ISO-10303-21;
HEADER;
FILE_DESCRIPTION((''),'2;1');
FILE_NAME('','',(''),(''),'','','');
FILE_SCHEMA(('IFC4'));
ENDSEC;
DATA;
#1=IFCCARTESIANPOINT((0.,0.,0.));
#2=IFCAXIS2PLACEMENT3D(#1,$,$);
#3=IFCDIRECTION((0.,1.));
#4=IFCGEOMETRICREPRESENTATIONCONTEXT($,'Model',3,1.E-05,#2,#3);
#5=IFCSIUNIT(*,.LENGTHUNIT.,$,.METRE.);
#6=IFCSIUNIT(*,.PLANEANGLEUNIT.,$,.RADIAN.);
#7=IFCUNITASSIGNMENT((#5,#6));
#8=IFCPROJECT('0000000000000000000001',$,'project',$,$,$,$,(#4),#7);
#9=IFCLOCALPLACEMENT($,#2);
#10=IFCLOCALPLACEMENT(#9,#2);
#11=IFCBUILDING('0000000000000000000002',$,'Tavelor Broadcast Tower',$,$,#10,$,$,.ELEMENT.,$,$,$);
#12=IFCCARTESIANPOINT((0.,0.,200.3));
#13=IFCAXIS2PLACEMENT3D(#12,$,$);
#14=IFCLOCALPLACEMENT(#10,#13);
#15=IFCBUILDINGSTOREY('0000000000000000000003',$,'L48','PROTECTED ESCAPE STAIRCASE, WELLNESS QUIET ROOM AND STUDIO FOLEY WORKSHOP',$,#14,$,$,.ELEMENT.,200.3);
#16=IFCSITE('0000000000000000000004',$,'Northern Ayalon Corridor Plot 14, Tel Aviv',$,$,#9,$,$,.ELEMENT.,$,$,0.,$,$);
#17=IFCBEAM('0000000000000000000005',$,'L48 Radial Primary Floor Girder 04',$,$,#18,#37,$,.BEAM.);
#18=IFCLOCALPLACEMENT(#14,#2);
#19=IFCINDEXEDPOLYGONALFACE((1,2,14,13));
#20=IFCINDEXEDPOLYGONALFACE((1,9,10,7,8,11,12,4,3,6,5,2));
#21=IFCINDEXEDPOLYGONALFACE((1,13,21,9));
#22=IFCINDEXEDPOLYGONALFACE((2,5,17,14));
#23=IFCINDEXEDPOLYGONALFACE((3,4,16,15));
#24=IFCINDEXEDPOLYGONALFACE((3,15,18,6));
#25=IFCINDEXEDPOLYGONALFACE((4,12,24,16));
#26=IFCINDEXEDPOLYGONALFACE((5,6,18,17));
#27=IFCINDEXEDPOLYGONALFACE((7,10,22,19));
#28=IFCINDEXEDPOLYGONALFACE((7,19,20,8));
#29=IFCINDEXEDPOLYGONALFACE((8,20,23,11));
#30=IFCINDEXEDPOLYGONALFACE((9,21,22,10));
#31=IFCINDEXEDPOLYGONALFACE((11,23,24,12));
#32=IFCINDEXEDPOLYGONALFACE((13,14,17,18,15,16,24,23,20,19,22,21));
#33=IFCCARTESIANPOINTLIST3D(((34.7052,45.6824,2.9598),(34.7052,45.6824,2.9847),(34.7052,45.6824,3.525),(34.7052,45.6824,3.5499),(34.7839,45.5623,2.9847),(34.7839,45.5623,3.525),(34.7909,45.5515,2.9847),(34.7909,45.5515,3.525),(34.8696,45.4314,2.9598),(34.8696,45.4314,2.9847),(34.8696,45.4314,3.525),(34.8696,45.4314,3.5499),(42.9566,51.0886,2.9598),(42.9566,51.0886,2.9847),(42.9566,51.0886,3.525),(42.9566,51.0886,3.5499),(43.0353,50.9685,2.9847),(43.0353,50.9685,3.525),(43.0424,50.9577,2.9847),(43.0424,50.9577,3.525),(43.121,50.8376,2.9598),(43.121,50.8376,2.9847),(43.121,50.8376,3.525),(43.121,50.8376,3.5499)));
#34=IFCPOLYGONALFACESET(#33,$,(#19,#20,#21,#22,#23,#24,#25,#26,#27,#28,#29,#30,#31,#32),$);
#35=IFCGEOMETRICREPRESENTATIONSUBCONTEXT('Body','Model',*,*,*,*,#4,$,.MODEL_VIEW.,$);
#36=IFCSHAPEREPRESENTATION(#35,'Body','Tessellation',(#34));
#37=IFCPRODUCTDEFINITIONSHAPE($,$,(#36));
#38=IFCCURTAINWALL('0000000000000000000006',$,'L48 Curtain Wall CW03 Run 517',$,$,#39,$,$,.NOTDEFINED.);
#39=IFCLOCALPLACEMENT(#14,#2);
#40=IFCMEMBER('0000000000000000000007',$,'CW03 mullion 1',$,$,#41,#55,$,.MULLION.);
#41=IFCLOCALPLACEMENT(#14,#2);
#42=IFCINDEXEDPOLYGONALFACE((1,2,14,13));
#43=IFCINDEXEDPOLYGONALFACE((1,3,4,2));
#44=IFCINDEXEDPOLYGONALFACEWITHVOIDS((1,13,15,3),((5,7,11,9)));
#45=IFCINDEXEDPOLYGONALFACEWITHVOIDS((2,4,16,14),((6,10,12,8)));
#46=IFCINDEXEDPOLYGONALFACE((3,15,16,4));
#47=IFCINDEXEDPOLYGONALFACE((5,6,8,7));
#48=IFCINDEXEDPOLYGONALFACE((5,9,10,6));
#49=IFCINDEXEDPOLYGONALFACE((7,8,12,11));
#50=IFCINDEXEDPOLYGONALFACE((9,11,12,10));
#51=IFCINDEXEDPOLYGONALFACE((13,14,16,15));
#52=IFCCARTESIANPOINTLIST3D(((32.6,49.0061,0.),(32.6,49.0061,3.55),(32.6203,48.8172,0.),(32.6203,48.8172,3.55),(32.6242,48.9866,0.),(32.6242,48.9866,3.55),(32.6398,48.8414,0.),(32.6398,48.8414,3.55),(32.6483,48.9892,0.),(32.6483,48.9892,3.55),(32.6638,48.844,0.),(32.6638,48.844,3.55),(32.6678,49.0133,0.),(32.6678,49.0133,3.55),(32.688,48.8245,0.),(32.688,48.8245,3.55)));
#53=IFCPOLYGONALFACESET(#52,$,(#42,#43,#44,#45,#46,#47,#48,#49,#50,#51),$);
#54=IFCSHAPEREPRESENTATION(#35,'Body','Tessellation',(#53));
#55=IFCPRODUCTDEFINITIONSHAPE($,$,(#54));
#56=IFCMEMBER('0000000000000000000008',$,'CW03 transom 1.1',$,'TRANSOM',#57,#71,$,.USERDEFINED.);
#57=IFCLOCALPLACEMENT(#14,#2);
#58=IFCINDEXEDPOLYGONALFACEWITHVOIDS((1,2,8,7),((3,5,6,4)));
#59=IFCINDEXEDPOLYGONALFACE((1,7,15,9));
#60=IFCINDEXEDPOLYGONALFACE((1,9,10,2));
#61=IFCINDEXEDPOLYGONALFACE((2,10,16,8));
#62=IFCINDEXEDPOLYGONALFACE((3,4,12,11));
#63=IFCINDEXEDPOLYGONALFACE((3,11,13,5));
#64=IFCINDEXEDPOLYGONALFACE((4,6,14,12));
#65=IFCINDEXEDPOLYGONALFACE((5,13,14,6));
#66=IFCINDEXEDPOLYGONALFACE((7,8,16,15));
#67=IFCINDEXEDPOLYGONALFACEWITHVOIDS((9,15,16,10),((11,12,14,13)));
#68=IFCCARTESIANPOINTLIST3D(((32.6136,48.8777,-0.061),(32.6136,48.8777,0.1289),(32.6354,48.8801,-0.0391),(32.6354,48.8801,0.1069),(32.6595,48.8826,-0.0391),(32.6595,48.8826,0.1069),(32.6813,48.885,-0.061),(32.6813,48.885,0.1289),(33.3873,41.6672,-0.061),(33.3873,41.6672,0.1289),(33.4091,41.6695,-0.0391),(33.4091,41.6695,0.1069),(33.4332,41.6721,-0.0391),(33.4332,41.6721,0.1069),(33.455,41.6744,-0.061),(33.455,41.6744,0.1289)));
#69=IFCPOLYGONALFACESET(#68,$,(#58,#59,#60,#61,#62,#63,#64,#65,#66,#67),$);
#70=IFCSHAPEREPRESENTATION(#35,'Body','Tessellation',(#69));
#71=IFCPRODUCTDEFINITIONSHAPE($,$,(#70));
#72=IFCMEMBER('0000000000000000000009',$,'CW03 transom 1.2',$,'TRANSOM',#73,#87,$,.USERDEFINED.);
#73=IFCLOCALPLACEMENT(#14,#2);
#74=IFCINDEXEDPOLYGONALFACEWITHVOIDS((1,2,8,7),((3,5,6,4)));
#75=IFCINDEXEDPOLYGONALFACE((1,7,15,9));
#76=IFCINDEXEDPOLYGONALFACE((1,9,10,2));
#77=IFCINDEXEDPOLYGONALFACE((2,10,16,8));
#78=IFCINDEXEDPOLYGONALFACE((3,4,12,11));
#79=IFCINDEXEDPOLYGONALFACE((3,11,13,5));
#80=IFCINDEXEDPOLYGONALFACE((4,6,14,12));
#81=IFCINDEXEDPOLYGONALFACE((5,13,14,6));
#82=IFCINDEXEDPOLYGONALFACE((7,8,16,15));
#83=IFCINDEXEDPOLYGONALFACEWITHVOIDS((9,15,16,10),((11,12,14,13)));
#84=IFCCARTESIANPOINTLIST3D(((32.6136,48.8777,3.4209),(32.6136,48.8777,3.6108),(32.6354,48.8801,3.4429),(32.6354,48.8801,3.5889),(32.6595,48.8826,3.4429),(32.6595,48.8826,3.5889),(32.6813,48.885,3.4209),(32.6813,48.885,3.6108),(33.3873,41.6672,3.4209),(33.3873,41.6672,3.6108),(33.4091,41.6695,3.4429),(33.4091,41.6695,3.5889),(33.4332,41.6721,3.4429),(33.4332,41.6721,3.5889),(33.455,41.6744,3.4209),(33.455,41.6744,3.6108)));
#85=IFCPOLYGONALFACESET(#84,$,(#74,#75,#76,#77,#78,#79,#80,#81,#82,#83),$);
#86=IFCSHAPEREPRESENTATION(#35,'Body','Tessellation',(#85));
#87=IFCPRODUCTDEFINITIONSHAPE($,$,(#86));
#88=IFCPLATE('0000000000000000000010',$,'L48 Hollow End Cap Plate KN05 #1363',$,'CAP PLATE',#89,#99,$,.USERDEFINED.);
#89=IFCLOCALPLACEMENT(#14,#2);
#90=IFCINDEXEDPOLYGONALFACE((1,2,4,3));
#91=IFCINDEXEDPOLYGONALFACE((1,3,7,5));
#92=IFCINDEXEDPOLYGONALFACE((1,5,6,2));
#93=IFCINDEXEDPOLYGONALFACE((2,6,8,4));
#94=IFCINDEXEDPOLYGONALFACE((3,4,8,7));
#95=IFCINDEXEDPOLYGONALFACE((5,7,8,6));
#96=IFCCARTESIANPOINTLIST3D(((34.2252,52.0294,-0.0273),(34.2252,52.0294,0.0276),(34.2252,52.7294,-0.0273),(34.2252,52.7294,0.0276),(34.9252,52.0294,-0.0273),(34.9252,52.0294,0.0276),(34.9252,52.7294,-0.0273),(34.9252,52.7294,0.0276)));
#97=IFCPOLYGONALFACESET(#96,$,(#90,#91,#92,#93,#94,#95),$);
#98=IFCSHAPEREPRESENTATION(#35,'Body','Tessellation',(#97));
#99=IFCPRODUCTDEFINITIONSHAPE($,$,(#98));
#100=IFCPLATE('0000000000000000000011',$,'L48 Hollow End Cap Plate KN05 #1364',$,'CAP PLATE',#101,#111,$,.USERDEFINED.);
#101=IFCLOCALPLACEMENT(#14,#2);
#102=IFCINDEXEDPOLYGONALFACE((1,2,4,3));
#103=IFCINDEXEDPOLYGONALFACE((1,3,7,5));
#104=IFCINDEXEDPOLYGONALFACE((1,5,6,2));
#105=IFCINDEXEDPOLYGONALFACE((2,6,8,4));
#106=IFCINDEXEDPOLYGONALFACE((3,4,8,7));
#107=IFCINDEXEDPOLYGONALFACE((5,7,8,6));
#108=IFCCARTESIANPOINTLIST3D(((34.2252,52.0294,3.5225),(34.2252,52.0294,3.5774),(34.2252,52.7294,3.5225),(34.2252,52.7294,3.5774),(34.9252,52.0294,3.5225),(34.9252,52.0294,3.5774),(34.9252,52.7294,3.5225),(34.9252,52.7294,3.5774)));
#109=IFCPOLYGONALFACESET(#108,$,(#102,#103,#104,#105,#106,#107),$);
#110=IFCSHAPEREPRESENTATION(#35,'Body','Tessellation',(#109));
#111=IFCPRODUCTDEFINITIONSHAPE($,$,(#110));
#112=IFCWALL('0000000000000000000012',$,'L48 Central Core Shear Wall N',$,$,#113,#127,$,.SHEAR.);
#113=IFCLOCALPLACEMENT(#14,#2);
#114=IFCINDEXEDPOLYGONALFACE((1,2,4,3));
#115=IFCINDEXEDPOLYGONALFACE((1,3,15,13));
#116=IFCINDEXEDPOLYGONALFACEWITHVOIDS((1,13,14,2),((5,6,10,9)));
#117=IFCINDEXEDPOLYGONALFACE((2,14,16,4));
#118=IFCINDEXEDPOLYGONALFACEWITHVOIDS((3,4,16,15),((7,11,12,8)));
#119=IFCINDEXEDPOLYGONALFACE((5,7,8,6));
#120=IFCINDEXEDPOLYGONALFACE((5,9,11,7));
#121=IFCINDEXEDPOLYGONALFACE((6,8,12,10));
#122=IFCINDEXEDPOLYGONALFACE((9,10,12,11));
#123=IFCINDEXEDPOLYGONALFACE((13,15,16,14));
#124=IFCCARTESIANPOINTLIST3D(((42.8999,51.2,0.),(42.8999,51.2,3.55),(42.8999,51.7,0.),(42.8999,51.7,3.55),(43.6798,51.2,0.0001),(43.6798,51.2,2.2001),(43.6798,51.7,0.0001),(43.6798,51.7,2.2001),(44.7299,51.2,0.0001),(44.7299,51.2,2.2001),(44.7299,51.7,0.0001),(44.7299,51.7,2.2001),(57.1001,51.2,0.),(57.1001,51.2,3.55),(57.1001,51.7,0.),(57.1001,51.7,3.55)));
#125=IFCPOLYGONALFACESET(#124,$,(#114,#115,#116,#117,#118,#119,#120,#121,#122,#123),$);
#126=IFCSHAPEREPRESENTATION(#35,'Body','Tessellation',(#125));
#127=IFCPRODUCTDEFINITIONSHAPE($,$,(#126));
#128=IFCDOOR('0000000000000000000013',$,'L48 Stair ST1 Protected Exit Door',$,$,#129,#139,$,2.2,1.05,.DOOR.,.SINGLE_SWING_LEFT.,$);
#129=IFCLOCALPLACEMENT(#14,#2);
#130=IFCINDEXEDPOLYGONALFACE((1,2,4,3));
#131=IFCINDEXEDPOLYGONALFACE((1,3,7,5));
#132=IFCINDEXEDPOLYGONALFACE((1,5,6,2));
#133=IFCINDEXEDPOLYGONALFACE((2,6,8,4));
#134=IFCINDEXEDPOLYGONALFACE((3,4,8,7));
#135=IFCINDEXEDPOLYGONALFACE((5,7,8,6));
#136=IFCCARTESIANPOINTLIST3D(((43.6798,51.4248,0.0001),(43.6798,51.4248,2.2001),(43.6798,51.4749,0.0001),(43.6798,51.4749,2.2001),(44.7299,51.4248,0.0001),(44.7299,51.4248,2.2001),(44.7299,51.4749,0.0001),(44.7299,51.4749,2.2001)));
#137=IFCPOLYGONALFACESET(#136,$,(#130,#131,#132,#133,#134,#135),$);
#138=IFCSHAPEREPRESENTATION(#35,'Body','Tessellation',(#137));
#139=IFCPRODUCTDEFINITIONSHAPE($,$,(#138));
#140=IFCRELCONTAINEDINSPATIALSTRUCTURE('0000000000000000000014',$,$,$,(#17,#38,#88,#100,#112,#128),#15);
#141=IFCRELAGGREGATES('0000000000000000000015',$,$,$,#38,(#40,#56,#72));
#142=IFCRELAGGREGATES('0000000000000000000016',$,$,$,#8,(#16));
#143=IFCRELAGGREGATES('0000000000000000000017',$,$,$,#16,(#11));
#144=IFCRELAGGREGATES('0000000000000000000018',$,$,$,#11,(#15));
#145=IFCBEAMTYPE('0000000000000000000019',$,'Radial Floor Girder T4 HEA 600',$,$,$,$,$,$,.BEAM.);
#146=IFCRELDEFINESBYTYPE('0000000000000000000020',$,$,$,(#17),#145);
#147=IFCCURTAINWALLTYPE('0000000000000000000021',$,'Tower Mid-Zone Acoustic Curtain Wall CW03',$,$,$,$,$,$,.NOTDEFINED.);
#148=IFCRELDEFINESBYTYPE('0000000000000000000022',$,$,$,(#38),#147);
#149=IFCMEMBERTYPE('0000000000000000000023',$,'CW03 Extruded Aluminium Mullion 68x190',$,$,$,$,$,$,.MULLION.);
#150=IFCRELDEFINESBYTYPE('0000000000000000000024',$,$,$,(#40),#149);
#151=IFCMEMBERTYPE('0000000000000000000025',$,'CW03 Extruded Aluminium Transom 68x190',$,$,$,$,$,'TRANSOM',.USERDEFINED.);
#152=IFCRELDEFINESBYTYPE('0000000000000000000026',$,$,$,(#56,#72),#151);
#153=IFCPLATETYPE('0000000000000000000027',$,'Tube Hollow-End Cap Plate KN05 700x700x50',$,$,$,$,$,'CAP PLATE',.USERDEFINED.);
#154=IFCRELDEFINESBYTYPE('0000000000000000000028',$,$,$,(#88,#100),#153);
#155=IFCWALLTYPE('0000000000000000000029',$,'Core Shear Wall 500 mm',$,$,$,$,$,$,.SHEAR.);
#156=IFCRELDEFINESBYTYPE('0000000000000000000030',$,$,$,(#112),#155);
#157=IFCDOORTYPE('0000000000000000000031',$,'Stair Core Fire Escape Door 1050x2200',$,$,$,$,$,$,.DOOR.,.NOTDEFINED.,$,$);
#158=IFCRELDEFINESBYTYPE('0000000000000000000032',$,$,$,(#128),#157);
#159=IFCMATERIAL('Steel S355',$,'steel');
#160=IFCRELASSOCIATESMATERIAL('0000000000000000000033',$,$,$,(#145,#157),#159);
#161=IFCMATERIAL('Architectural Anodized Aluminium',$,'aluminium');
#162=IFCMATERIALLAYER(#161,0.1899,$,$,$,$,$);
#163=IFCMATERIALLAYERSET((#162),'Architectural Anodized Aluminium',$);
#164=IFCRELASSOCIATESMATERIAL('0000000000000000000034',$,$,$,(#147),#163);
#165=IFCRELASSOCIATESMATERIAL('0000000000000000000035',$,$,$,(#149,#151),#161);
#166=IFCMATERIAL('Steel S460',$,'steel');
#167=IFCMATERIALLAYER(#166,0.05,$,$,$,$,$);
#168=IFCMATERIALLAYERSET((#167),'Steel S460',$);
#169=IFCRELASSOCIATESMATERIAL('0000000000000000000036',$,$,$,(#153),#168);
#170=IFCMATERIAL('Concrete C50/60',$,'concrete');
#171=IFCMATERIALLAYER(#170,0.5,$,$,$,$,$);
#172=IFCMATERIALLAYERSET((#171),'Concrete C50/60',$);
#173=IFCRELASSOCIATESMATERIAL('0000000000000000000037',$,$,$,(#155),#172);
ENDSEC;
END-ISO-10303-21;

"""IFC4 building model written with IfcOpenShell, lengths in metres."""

from ifc_helpers import new_model, si_unit, direction, frame, frame_2d, origin, origin_2d, place, context, subcontext, project, spatial, rectangle, hollow_rectangle, i_section, extrude, source, transform, mapped, material, layer, layer_set, material_profile, profile_set, type_object, type_shapes, element, fill, aggregate, save


model = new_model("IFC4")

# Units and contexts
model_context = context("Model", 3, precision=1e-05, world=origin(), true_north=direction((0.0, 1.0)))
body_context = subcontext(model_context, "Body", "Model", "MODEL_VIEW")
ifc_project = project(units=[si_unit("LENGTHUNIT", "METRE"), si_unit("PLANEANGLEUNIT", "RADIAN")], contexts=[model_context])

# Site, building, storey
site_placement = place(None, origin())
site = spatial("IfcSite", under=ifc_project, at=site_placement, Name="Northern Ayalon Corridor Plot 14, Tel Aviv", CompositionType="ELEMENT", RefElevation=0.0)
building_placement = place(site_placement, origin())
building = spatial("IfcBuilding", under=site, at=building_placement, Name="Tavelor Broadcast Tower", CompositionType="ELEMENT")
storey_placement = place(building_placement, frame((0.0, 0.0, 200.3)))
storey = spatial("IfcBuildingStorey", under=building, at=storey_placement, Name="L48", Description="PROTECTED ESCAPE STAIRCASE, WELLNESS QUIET ROOM AND STUDIO FOLEY WORKSHOP", CompositionType="ELEMENT", Elevation=200.3)

# Shared definitions
ifc_material_1 = material(Name="Concrete C50/60", Category="concrete")
ifc_material_2 = material(Name="Steel S460", Category="steel")

# Beam
ifc_material_3 = material(Name="Steel S355", Category="steel")
ifc_material_profile_1 = material_profile(ifc_material_3, i_section(OverallWidth=0.3, OverallDepth=0.5901, WebThickness=0.0129, FlangeThickness=0.0249, at=origin_2d()), Name="HEA 600")
ifc_profile_set_1 = profile_set([ifc_material_profile_1], Name="Steel S355")
beam_type_1 = type_object("IfcBeamType", Name="Radial Floor Girder T4 HEA 600", PredefinedType="BEAM", material=ifc_profile_set_1)
beam_1_placement = place(storey_placement, frame((43.0388, 50.9631, 3.2549), z_axis=(-0.836456, -0.548035, 0.0), x_axis=(0.548035, -0.836456, 0.0)))
element("IfcBeam", 1, at=beam_1_placement, inside=storey, type_object=beam_type_1, Name="L48 Radial Primary Floor Girder 04", PredefinedType="BEAM", context=body_context, shape_type="SweptSolid", body=[
    extrude(i_section(OverallWidth=0.3, OverallDepth=0.5901, WebThickness=0.0129, FlangeThickness=0.0249, at=origin_2d()), origin(), (0.0, 0.0, 1.0), 9.8647),
])

# Curtain wall, members
ifc_material_4 = material(Name="Architectural Anodized Aluminium", Category="aluminium")
ifc_layer_1 = layer(ifc_material_4, 0.1899)
ifc_layer_set_1 = layer_set([ifc_layer_1], Name="Architectural Anodized Aluminium")
curtain_wall_type = type_object("IfcCurtainWallType", Name="Tower Mid-Zone Acoustic Curtain Wall CW03", PredefinedType="NOTDEFINED", material=ifc_layer_set_1)
curtain_wall_placement = place(storey_placement, origin())
curtain_wall = element("IfcCurtainWall", 2, at=curtain_wall_placement, inside=storey, type_object=curtain_wall_type, Name="L48 Curtain Wall CW03 Run 517", PredefinedType="NOTDEFINED")
ifc_material_profile_2 = material_profile(ifc_material_4, hollow_rectangle(XDim=0.0681, YDim=0.1899, WallThickness=0.022, at=origin_2d()), Name="RHS 68x190x22")
ifc_profile_set_2 = profile_set([ifc_material_profile_2], Name="Architectural Anodized Aluminium")
member_type_1 = type_object("IfcMemberType", Name="CW03 Extruded Aluminium Mullion 68x190", PredefinedType="MULLION", material=ifc_profile_set_2)
shared_shape_1 = source(origin(), body_context, "Body", "SweptSolid", [
    extrude(hollow_rectangle(XDim=0.0681, YDim=0.1899, WallThickness=0.022, at=origin_2d()), origin(), (0.0, 0.0, 1.0), 3.55),
])
type_shapes(member_type_1, [shared_shape_1])
member_1_placement = place(storey_placement, frame((32.644, 48.9153, 0.0), z_axis=(0.0, 0.0, 1.0), x_axis=(0.994292, 0.10669, 0.0)))
member_1 = element("IfcMember", 3, at=member_1_placement, type_object=member_type_1, Name="CW03 mullion 1", PredefinedType="MULLION", context=body_context, shape_type="MappedRepresentation", body=[
    mapped(shared_shape_1, transform((0.0, 0.0, 0.0), scale=1.0)),
])
ifc_material_profile_3 = material_profile(ifc_material_4, hollow_rectangle(XDim=0.0681, YDim=0.1899, WallThickness=0.022, at=origin_2d()), Name="RHS 68x190x22")
ifc_profile_set_3 = profile_set([ifc_material_profile_3], Name="Architectural Anodized Aluminium")
member_type_2 = type_object("IfcMemberType", Name="CW03 Extruded Aluminium Transom 68x190", ElementType="TRANSOM", PredefinedType="USERDEFINED", material=ifc_profile_set_3)
shared_shape_2 = source(origin(), body_context, "Body", "SweptSolid", [
    extrude(hollow_rectangle(XDim=0.0681, YDim=0.1899, WallThickness=0.022, at=origin_2d()), origin(), (0.0, 0.0, 1.0), 7.252),
])
type_shapes(member_type_2, [shared_shape_2])
member_2_placement = place(storey_placement, frame((32.6475, 48.8813, 0.0339), z_axis=(0.106688, -0.994293, 0.0), x_axis=(0.994293, 0.106688, 0.0)))
member_2 = element("IfcMember", 4, at=member_2_placement, type_object=member_type_2, Name="CW03 transom 1.1", ObjectType="TRANSOM", PredefinedType="USERDEFINED", context=body_context, shape_type="MappedRepresentation", body=[
    mapped(shared_shape_2, transform((0.0, 0.0, 0.0), scale=1.0)),
])
member_3_placement = place(storey_placement, frame((32.6475, 48.8813, 3.5159), z_axis=(0.106688, -0.994293, 0.0), x_axis=(0.994293, 0.106688, 0.0)))
member_3 = element("IfcMember", 5, at=member_3_placement, type_object=member_type_2, Name="CW03 transom 1.2", ObjectType="TRANSOM", PredefinedType="USERDEFINED", context=body_context, shape_type="MappedRepresentation", body=[
    mapped(shared_shape_2, transform((0.0, 0.0, 0.0), scale=1.0)),
])
aggregate(curtain_wall, [member_1, member_2, member_3])

# Plates
ifc_layer_2 = layer(ifc_material_2, 0.05)
ifc_layer_set_2 = layer_set([ifc_layer_2], Name="Steel S460")
plate_type = type_object("IfcPlateType", Name="Tube Hollow-End Cap Plate KN05 700x700x50", ElementType="CAP PLATE", PredefinedType="USERDEFINED", material=ifc_layer_set_2)
shared_shape_3 = source(origin(), body_context, "Body", "SweptSolid", [
    extrude(rectangle(XDim=0.7, YDim=0.7, at=origin_2d()), origin(), (0.0, 0.0, 1.0), 0.0549),
])
type_shapes(plate_type, [shared_shape_3])
for number, where, z_axis, x_axis, name in (
    (6, (34.5752, 52.3794, -0.0273), (0.0, 0.0, 1.0), (1.0, 0.0, 0.0), "L48 Hollow End Cap Plate KN05 #1363"),
    (7, (34.5752, 52.3794, 3.5225), (0.0, 0.0, 1.0), (1.0, 0.0, 0.0), "L48 Hollow End Cap Plate KN05 #1364"),
):
    element("IfcPlate", number, at=place(storey_placement, frame(where, z_axis=z_axis, x_axis=x_axis)), inside=storey, type_object=plate_type, Name=name, ObjectType="CAP PLATE", PredefinedType="USERDEFINED", context=body_context, shape_type="MappedRepresentation", body=[
        mapped(shared_shape_3, transform((0.0, 0.0, 0.0), scale=1.0)),
    ])

# Wall, opening, door
ifc_layer_3 = layer(ifc_material_1, 0.5)
ifc_layer_set_3 = layer_set([ifc_layer_3], Name="Concrete C50/60")
wall_type_1 = type_object("IfcWallType", Name="Core Shear Wall 500 mm", PredefinedType="SHEAR", material=ifc_layer_set_3)
wall_1_placement = place(storey_placement, frame((42.8999, 51.45, 0.0), z_axis=(0.0, 0.0, 1.0), x_axis=(1.0, 0.0, 0.0)))
wall_1 = element("IfcWall", 8, at=wall_1_placement, inside=storey, type_object=wall_type_1, Name="L48 Central Core Shear Wall N", PredefinedType="SHEAR", context=body_context, shape_type="SweptSolid", body=[
    extrude(rectangle(XDim=14.2002, YDim=0.5, at=frame_2d((7.1001, 0.0))), origin(), (0.0, 0.0, 1.0), 3.55),
])
opening_1_placement = place(wall_1_placement, frame((0.78, 0.0, 0.0)))
opening_1 = element("IfcOpeningElement", 9, at=opening_1_placement, cuts=wall_1, PredefinedType="OPENING", context=body_context, shape_type="SweptSolid", body=[
    extrude(rectangle(XDim=1.05, YDim=2.2, at=frame_2d((0.5249, 1.1001))), frame((0.0, 0.26, 0.0), z_axis=(0.0, -1.0, 0.0), x_axis=(1.0, 0.0, 0.0)), (0.0, 0.0, 1.0), 0.52),
])
door_type_1 = type_object("IfcDoorType", Name="Stair Core Fire Escape Door 1050x2200", OperationType="NOTDEFINED", PredefinedType="DOOR", material=ifc_material_3)
door_1_placement = place(opening_1_placement, origin())
door_1 = element("IfcDoor", 10, at=door_1_placement, inside=storey, type_object=door_type_1, Name="L48 Stair ST1 Protected Exit Door", OperationType="SINGLE_SWING_LEFT", OverallHeight=2.2, OverallWidth=1.05, PredefinedType="DOOR", context=body_context, shape_type="SweptSolid", body=[
    extrude(rectangle(XDim=1.05, YDim=2.2, at=frame_2d((0.5249, 1.1001))), frame((0.0, 0.0249, 0.0), z_axis=(0.0, -1.0, 0.0), x_axis=(1.0, 0.0, 0.0)), (0.0, 0.0, 1.0), 0.05),
])
fill(opening_1, door_1)

save(model, "model.ifc")
